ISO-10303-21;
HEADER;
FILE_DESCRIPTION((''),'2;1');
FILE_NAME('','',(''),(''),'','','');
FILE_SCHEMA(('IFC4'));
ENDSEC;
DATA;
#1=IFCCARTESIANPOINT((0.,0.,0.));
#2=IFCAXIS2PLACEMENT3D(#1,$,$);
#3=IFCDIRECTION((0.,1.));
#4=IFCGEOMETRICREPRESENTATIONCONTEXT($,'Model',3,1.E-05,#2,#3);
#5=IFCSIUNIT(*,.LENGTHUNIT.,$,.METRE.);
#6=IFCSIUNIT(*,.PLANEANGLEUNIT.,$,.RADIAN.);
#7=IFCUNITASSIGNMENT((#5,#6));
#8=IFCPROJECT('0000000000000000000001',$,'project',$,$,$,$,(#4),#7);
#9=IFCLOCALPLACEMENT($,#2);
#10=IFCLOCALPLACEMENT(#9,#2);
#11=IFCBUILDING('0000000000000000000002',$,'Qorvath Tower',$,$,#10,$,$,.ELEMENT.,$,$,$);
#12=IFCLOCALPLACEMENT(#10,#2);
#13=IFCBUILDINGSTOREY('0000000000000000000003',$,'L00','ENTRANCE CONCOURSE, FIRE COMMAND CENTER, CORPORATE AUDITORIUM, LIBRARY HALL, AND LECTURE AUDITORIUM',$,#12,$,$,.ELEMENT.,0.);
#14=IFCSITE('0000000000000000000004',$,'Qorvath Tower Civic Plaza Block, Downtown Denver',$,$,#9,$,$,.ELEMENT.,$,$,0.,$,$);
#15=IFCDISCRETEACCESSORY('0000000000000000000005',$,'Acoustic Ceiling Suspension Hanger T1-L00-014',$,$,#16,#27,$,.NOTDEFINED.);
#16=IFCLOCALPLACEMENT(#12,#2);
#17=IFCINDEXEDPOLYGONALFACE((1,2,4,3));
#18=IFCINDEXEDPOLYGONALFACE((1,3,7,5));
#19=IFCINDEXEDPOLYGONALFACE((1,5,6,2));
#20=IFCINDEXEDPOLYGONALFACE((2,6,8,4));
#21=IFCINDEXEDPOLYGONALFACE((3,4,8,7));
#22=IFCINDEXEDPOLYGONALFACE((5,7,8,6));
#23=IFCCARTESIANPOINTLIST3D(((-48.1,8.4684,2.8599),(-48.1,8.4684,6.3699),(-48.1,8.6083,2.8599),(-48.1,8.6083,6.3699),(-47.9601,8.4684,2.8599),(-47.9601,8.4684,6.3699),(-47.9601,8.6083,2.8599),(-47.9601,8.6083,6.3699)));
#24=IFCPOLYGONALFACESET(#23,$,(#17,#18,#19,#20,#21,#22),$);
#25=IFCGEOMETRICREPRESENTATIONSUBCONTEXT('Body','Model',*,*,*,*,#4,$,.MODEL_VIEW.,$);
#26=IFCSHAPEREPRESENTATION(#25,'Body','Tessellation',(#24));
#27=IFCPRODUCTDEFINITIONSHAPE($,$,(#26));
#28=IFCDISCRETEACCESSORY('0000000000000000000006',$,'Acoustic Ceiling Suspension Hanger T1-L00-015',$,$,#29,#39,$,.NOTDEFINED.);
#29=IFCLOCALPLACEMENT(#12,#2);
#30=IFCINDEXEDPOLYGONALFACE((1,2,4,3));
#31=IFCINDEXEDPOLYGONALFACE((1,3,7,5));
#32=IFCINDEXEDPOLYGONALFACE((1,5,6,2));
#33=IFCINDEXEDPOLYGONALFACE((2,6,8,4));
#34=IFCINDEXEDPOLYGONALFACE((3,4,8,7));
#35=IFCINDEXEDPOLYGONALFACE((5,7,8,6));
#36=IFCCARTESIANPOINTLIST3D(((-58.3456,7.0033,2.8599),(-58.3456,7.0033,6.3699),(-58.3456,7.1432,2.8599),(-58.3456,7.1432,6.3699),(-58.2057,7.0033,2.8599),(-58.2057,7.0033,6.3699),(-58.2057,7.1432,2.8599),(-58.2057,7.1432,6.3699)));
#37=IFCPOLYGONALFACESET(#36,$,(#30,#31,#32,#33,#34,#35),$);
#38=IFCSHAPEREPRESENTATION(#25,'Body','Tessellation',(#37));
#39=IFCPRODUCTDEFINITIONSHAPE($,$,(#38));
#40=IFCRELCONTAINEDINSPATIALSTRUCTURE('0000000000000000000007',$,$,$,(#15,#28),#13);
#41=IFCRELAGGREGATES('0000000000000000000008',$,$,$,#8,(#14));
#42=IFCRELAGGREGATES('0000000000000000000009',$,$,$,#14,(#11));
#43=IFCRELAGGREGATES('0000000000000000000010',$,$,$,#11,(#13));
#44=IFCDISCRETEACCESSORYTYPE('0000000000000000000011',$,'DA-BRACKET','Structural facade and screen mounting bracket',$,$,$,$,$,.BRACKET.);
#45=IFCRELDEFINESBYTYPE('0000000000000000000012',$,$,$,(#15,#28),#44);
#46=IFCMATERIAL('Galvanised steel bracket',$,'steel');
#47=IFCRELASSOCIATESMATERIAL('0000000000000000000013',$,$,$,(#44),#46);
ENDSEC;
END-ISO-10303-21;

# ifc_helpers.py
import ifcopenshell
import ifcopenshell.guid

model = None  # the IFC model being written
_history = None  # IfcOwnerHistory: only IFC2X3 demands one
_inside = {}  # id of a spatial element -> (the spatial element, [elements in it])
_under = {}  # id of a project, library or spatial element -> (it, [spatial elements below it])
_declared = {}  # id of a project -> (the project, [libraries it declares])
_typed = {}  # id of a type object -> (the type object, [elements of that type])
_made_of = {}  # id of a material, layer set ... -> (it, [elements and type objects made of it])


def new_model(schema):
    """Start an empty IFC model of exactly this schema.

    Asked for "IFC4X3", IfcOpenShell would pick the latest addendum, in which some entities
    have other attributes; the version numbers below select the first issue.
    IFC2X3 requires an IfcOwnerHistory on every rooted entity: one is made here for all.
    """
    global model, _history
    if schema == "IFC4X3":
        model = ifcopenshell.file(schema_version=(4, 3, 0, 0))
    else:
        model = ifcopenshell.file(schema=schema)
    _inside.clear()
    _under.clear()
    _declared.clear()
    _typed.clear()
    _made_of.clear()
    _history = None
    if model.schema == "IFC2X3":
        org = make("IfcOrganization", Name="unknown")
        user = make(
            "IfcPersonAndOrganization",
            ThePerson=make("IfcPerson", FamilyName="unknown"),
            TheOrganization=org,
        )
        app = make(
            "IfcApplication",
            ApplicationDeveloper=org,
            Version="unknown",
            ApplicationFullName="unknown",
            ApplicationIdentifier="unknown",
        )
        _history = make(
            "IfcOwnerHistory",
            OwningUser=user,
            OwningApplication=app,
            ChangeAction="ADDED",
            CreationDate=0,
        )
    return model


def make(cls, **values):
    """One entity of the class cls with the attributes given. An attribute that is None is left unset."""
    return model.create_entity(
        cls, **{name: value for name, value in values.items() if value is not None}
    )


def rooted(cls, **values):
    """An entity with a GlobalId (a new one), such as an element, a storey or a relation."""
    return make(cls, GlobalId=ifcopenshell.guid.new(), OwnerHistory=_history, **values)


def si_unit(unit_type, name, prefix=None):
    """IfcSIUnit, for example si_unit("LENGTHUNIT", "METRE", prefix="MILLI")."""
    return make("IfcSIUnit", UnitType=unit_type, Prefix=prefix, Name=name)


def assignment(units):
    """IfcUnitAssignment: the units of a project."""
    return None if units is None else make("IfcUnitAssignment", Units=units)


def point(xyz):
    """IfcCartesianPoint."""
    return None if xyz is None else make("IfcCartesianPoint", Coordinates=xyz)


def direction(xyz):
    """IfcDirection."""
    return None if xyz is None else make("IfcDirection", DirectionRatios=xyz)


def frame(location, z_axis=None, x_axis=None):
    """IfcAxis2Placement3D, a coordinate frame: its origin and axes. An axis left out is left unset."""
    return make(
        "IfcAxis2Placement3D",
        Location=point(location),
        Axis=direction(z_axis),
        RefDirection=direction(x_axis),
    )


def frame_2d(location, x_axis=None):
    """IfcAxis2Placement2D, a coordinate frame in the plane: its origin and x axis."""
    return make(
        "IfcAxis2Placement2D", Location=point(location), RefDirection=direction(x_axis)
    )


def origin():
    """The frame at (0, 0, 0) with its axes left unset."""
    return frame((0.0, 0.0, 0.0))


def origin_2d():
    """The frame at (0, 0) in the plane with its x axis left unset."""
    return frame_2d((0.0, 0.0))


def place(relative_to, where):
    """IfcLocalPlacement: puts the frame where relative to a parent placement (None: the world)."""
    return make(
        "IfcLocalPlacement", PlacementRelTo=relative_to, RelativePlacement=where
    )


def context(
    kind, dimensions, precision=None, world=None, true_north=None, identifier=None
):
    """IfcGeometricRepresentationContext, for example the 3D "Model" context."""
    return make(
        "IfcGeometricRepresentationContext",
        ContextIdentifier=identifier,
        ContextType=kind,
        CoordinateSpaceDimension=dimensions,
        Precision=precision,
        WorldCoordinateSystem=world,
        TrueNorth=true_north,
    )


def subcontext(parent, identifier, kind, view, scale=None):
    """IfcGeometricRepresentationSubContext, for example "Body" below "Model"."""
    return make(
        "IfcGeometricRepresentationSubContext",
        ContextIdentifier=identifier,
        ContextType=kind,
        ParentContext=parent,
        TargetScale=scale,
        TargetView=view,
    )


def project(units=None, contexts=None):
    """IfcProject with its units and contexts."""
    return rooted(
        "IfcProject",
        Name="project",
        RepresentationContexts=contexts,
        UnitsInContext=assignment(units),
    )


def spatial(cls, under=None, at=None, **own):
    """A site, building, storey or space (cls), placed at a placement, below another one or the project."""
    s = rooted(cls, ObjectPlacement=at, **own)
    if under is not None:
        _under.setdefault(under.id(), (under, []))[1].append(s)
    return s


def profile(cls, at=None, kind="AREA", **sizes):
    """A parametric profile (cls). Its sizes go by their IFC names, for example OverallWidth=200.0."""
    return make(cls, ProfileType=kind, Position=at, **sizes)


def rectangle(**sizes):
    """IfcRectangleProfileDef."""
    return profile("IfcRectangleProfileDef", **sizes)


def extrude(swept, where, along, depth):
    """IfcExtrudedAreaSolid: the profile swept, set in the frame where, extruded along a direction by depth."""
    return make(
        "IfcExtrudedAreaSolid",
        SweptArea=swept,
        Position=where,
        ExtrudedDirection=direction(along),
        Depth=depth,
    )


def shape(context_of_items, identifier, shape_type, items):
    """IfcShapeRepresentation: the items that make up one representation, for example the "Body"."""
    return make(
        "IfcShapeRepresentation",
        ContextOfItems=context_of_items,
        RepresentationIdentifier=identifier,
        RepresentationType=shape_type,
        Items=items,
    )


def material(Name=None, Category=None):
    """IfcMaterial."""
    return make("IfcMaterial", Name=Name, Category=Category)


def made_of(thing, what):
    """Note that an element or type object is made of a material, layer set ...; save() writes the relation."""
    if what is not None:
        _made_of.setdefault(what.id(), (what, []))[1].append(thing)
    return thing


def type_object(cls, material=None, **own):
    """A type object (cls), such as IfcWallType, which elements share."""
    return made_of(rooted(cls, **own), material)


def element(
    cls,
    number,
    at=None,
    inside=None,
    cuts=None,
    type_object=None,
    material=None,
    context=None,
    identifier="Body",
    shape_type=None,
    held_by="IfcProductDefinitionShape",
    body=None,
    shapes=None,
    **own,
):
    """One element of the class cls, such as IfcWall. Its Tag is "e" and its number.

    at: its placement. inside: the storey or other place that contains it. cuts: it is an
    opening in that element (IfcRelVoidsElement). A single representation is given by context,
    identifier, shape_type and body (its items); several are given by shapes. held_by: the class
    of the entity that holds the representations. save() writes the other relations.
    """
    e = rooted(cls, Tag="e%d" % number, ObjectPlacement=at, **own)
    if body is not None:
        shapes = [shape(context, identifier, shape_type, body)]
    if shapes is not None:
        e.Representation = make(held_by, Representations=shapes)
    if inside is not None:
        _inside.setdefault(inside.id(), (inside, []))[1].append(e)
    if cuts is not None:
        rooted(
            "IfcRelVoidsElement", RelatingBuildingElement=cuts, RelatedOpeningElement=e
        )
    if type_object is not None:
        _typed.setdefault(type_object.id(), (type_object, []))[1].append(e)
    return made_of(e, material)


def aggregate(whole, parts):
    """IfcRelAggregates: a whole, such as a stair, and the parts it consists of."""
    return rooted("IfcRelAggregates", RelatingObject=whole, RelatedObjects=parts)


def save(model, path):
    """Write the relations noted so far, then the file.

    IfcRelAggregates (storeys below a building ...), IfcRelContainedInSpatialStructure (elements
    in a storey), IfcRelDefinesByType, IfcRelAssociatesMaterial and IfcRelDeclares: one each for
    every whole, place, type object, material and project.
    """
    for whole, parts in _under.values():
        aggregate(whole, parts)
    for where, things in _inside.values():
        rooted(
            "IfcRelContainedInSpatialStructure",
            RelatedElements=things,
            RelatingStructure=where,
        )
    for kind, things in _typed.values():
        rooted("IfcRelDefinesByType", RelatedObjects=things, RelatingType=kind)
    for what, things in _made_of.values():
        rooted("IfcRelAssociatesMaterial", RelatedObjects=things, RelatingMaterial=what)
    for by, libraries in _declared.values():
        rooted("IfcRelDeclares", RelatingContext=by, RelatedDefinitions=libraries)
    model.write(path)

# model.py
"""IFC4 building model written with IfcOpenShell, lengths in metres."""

from ifc_helpers import new_model, si_unit, direction, frame, origin, origin_2d, place, context, subcontext, project, spatial, rectangle, extrude, material, type_object, element, save


model = new_model("IFC4")

# Units and contexts
model_context = context("Model", 3, precision=1e-05, world=origin(), true_north=direction((0.0, 1.0)))
body_context = subcontext(model_context, "Body", "Model", "MODEL_VIEW")
ifc_project = project(units=[si_unit("LENGTHUNIT", "METRE"), si_unit("PLANEANGLEUNIT", "RADIAN")], contexts=[model_context])

# Site, building, storey
site_placement = place(None, origin())
site = spatial("IfcSite", under=ifc_project, at=site_placement, Name="Qorvath Tower Civic Plaza Block, Downtown Denver", CompositionType="ELEMENT", RefElevation=0.0)
building_placement = place(site_placement, origin())
building = spatial("IfcBuilding", under=site, at=building_placement, Name="Qorvath Tower", CompositionType="ELEMENT")
storey_placement = place(building_placement, origin())
storey = spatial("IfcBuildingStorey", under=building, at=storey_placement, Name="L00", Description="ENTRANCE CONCOURSE, FIRE COMMAND CENTER, CORPORATE AUDITORIUM, LIBRARY HALL, AND LECTURE AUDITORIUM", CompositionType="ELEMENT", Elevation=0.0)

# Discrete accessories
ifc_material_1 = material(Name="Galvanised steel bracket", Category="steel")
discrete_accessory_type = type_object("IfcDiscreteAccessoryType", Name="DA-BRACKET", Description="Structural facade and screen mounting bracket", PredefinedType="BRACKET", material=ifc_material_1)
for number, where, z_axis, x_axis, name in (
    (1, (-48.03, 8.5383, 2.8599), (0.0, 0.0, 1.0), (1.0, 0.0, 0.0), "Acoustic Ceiling Suspension Hanger T1-L00-014"),
    (2, (-58.2756, 7.0732, 2.8599), (0.0, 0.0, 1.0), (1.0, 0.0, 0.0), "Acoustic Ceiling Suspension Hanger T1-L00-015"),
):
    element("IfcDiscreteAccessory", number, at=place(storey_placement, frame(where, z_axis=z_axis, x_axis=x_axis)), inside=storey, type_object=discrete_accessory_type, Name=name, PredefinedType="NOTDEFINED", context=body_context, shape_type="SweptSolid", body=[
        extrude(rectangle(XDim=0.1399, YDim=0.1399, at=origin_2d()), origin(), (0.0, 0.0, 1.0), 3.51),
    ])

save(model, "model.ifc")
